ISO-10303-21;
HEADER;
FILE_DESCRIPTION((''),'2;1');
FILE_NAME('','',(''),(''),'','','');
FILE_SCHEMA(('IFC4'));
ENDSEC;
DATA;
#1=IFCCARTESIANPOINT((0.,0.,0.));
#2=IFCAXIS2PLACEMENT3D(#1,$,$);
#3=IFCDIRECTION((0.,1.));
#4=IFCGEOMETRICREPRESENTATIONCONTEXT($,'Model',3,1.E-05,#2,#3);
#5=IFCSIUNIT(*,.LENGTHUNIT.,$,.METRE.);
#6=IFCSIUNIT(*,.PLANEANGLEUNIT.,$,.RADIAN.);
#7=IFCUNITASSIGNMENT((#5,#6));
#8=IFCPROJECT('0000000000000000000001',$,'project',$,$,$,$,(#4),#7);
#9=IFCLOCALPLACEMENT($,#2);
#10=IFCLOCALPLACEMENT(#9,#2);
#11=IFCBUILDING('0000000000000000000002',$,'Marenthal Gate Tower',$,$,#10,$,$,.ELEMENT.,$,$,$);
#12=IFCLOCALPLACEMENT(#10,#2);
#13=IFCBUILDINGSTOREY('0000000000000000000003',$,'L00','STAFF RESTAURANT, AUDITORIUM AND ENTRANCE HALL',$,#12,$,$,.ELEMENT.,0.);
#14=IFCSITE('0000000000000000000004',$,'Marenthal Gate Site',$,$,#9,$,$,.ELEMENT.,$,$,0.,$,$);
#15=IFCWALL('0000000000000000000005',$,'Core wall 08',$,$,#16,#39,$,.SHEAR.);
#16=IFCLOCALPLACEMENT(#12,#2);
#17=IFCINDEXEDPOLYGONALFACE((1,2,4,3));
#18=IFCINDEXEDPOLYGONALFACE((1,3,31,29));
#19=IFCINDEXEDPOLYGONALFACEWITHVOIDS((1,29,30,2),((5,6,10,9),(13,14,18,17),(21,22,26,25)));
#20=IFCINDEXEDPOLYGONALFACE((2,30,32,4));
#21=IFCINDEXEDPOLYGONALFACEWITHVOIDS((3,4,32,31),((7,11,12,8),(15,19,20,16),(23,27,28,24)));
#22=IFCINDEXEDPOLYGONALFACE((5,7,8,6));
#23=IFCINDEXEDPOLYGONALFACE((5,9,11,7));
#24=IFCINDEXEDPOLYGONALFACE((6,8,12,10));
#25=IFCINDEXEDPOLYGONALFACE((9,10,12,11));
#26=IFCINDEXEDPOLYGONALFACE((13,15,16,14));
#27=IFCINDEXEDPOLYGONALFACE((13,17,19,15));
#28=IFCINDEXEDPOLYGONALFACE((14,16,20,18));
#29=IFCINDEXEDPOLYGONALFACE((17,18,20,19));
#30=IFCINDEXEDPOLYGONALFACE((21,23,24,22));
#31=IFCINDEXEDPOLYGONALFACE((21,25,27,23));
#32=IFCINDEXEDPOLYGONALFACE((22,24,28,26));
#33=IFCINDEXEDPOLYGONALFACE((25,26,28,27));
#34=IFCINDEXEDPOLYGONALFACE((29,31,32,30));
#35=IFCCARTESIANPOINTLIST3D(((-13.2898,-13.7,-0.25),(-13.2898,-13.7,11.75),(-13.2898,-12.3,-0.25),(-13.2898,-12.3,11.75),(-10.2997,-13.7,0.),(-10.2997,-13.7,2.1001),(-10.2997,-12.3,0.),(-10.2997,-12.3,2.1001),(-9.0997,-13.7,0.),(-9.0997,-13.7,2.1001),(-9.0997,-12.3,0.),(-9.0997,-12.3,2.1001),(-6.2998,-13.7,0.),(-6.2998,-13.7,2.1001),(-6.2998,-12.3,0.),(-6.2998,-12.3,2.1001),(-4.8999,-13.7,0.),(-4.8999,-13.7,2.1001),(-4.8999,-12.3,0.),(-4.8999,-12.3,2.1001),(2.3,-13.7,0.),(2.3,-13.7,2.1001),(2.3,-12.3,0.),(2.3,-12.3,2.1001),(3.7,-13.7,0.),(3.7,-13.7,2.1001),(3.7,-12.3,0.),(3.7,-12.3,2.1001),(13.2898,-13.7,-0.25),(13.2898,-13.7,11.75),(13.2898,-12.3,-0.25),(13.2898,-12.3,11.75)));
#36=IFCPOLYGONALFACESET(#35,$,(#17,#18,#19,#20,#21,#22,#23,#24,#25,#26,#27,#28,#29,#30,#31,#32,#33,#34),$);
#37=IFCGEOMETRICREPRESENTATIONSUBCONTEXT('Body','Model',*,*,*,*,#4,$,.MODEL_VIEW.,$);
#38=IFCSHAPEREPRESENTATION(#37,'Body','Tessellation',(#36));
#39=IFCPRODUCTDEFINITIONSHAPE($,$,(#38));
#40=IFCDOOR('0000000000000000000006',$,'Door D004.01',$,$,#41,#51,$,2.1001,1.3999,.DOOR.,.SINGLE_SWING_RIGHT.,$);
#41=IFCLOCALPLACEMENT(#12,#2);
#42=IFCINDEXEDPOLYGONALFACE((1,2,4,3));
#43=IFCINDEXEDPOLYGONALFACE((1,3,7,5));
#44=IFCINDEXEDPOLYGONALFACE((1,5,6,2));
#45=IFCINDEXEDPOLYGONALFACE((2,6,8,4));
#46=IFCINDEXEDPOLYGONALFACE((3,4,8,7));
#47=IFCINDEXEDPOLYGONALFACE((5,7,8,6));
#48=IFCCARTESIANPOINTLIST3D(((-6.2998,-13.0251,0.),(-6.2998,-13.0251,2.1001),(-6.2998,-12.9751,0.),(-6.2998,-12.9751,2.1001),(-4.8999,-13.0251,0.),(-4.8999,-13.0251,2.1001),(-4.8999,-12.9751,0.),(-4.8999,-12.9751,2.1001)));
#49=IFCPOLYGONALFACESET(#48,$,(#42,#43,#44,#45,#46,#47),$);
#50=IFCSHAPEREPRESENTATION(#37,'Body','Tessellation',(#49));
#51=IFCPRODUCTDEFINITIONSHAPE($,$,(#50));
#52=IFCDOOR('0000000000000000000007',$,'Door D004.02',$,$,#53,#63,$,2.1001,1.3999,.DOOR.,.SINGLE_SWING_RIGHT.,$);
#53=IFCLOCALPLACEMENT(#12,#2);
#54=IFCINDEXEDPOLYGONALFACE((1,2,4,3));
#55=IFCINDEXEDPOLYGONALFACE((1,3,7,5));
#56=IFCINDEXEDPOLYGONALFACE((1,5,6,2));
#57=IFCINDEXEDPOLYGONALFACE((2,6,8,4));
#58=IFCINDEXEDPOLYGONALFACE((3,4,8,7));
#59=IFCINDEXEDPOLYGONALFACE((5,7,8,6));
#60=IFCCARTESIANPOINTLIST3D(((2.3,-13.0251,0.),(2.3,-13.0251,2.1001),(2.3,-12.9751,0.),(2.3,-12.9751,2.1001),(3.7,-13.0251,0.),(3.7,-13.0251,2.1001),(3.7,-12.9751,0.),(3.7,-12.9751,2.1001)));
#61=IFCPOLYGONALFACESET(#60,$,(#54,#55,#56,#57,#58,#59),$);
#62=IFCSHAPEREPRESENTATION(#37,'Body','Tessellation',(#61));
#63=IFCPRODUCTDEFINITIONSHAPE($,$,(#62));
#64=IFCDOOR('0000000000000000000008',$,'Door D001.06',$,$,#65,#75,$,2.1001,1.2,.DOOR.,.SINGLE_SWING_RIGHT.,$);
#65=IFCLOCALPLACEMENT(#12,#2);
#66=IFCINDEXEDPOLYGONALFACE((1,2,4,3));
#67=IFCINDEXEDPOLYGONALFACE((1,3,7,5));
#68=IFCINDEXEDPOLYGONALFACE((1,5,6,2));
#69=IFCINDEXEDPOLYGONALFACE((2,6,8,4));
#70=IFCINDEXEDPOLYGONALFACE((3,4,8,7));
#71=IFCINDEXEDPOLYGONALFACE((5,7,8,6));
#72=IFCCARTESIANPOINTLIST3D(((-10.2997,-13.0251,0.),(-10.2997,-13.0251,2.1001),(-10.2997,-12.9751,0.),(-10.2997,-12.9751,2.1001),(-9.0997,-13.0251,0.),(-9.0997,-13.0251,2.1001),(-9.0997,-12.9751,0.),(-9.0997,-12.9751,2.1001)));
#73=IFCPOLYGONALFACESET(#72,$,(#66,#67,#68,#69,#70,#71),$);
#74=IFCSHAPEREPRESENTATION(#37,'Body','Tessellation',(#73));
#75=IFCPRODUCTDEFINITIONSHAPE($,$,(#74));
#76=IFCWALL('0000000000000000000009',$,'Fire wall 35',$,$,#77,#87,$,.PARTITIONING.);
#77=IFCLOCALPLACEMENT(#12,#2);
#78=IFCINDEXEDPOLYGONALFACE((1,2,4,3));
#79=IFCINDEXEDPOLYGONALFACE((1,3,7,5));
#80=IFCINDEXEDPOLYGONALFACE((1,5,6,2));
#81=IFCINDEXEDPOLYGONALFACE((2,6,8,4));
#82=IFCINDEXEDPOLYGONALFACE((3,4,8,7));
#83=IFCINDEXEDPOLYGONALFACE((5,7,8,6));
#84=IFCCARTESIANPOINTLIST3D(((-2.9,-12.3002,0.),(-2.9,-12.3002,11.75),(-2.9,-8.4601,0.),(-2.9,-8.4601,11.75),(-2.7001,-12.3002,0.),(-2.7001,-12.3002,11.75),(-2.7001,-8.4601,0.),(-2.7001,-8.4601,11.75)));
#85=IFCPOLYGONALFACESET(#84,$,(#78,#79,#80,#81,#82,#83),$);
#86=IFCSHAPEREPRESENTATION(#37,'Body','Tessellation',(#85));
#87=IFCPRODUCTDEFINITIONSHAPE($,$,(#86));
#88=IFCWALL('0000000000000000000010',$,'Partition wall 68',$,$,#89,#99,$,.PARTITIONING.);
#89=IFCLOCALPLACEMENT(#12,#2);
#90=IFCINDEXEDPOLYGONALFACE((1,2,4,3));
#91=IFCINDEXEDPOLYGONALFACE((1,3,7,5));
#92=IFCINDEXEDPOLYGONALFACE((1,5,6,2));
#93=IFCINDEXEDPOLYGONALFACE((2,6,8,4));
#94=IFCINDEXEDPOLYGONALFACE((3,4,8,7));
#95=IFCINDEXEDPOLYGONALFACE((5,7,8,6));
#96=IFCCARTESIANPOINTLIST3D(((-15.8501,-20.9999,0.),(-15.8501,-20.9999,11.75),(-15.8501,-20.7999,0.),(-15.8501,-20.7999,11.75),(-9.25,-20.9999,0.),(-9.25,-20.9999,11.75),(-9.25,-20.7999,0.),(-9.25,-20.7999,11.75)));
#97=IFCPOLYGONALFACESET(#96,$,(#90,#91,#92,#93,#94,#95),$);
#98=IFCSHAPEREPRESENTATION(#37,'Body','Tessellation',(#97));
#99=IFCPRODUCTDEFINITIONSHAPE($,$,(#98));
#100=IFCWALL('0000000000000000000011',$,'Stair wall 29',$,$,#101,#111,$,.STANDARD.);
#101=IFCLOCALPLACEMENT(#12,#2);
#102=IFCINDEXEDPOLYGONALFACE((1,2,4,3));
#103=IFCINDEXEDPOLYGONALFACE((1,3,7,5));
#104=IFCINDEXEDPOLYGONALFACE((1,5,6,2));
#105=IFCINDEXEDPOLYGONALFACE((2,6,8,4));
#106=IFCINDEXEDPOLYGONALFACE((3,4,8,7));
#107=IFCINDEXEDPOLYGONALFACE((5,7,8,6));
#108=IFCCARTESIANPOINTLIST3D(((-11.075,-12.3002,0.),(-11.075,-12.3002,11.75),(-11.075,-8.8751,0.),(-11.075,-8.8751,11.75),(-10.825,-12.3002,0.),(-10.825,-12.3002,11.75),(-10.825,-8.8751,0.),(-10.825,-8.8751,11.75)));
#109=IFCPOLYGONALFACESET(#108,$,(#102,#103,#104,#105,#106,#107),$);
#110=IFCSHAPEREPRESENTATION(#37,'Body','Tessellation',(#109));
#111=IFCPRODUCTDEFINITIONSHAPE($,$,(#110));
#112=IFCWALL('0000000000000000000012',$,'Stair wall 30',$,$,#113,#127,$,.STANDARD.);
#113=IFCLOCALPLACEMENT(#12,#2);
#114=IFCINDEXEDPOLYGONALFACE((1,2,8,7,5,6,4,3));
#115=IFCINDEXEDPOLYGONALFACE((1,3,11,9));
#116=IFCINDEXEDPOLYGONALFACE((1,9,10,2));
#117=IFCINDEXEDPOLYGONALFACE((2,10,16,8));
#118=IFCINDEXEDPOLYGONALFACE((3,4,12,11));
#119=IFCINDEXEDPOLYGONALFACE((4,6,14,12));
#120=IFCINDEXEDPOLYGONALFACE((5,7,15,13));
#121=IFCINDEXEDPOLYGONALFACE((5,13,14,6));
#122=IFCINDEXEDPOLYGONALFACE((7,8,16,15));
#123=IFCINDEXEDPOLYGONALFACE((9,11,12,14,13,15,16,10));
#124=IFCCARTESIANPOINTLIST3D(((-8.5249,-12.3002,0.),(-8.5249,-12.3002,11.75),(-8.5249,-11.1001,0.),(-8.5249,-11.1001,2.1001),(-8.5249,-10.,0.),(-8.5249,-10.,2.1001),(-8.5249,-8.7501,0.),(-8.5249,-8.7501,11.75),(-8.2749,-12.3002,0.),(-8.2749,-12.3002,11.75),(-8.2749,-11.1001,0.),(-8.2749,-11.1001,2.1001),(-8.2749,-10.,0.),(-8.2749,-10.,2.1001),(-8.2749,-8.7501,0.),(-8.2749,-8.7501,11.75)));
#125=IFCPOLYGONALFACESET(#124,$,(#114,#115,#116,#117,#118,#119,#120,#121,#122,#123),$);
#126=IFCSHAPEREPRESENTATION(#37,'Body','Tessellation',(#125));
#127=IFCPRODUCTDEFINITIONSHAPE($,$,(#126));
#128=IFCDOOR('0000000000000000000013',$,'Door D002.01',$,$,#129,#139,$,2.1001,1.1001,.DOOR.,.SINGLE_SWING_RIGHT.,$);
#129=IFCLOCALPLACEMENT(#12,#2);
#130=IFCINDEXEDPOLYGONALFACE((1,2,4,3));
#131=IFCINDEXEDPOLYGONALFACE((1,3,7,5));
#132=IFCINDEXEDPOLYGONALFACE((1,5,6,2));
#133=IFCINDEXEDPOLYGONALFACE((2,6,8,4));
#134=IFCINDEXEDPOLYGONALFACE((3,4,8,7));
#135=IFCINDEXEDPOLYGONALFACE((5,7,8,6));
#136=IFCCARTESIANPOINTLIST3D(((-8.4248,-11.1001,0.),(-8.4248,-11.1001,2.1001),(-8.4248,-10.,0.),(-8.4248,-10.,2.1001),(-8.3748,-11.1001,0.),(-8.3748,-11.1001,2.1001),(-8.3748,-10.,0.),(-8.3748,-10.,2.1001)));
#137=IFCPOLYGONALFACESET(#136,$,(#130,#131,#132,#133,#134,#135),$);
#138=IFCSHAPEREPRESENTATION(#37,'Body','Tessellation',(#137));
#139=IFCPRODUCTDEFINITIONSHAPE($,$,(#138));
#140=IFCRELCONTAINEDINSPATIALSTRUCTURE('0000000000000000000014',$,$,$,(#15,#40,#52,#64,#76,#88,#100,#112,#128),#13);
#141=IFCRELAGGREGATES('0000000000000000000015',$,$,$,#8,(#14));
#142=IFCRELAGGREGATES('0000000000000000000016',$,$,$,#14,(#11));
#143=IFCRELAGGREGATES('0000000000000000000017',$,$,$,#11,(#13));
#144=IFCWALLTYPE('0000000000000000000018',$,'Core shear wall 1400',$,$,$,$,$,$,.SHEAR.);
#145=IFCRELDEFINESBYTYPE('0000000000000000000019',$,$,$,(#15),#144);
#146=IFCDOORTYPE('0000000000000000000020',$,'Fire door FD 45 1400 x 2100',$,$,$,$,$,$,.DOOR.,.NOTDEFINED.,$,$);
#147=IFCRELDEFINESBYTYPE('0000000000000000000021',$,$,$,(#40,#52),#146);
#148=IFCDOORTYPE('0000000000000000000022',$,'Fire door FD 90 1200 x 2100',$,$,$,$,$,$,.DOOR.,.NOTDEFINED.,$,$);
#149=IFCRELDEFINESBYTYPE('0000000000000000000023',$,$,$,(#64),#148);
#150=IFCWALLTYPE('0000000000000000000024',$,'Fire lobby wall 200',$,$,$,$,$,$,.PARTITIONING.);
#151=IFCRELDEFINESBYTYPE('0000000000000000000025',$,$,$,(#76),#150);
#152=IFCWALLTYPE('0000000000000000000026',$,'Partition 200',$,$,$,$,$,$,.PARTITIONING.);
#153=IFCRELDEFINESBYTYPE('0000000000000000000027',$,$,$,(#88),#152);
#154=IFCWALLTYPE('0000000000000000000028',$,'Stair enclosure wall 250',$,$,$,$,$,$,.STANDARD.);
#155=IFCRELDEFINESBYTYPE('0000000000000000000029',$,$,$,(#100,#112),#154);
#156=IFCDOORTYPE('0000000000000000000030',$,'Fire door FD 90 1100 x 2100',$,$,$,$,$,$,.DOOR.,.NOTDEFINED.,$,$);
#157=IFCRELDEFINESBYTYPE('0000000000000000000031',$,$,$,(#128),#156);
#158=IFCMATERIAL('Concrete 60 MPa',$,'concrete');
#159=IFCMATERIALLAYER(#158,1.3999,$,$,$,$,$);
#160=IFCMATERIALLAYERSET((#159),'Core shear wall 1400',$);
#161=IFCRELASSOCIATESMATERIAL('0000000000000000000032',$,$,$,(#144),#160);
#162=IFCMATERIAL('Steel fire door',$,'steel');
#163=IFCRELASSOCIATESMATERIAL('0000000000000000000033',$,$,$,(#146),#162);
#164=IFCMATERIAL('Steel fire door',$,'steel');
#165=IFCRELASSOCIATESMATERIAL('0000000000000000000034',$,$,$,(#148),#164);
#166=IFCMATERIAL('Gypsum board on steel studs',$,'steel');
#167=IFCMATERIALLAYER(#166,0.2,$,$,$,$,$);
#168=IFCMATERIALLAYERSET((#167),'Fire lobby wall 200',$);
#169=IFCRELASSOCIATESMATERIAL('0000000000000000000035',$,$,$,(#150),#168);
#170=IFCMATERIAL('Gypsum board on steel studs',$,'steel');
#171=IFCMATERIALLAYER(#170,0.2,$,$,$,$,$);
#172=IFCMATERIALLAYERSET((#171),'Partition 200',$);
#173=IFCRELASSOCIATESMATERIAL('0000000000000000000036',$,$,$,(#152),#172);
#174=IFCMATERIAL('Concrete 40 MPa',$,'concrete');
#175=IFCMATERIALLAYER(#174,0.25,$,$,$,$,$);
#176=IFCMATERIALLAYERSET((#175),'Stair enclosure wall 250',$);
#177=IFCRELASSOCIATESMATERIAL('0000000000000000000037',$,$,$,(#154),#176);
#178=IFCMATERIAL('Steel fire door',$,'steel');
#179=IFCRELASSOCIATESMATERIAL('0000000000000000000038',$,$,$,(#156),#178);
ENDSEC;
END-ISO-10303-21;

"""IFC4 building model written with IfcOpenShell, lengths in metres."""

from ifc_helpers import new_model, si_unit, direction, frame, frame_2d, origin, place, context, subcontext, project, spatial, rectangle, extrude, material, layer, layer_set, type_object, element, fill, save


model = new_model("IFC4")

# Units and contexts
model_context = context("Model", 3, precision=1e-05, world=origin(), true_north=direction((0.0, 1.0)))
body_context = subcontext(model_context, "Body", "Model", "MODEL_VIEW")
ifc_project = project(units=[si_unit("LENGTHUNIT", "METRE"), si_unit("PLANEANGLEUNIT", "RADIAN")], contexts=[model_context])

# Site, building, storey
site_placement = place(None, origin())
site = spatial("IfcSite", under=ifc_project, at=site_placement, Name="Marenthal Gate Site", CompositionType="ELEMENT", RefElevation=0.0)
building_placement = place(site_placement, origin())
building = spatial("IfcBuilding", under=site, at=building_placement, Name="Marenthal Gate Tower", CompositionType="ELEMENT")
storey_placement = place(building_placement, origin())
storey = spatial("IfcBuildingStorey", under=building, at=storey_placement, Name="L00", Description="STAFF RESTAURANT, AUDITORIUM AND ENTRANCE HALL", CompositionType="ELEMENT", Elevation=0.0)

# Wall, openings, doors
ifc_material_1 = material(Name="Concrete 60 MPa", Category="concrete")
ifc_layer_1 = layer(ifc_material_1, 1.3999)
ifc_layer_set_1 = layer_set([ifc_layer_1], Name="Core shear wall 1400")
wall_type_1 = type_object("IfcWallType", Name="Core shear wall 1400", PredefinedType="SHEAR", material=ifc_layer_set_1)
wall_1_placement = place(storey_placement, frame((-13.2898, -13.0, -0.25), z_axis=(0.0, 0.0, 1.0), x_axis=(1.0, 0.0, 0.0)))
wall_1 = element("IfcWall", 1, at=wall_1_placement, inside=storey, type_object=wall_type_1, Name="Core wall 08", PredefinedType="SHEAR", context=body_context, shape_type="SweptSolid", body=[
    extrude(rectangle(XDim=26.5796, YDim=1.3999, at=frame_2d((13.2898, 0.0))), origin(), (0.0, 0.0, 1.0), 12.0),
])
opening_1_placement = place(wall_1_placement, frame((2.99, 0.0, 0.25)))
opening_1 = element("IfcOpeningElement", 2, at=opening_1_placement, cuts=wall_1, PredefinedType="OPENING", context=body_context, shape_type="SweptSolid", body=[
    extrude(rectangle(XDim=1.2, YDim=2.1001, at=frame_2d((0.6001, 1.05))), frame((0.0, 0.71, 0.0), z_axis=(0.0, -1.0, 0.0), x_axis=(1.0, 0.0, 0.0)), (0.0, 0.0, 1.0), 1.4199),
])
opening_2_placement = place(wall_1_placement, frame((6.99, 0.0, 0.25)))
opening_2 = element("IfcOpeningElement", 3, at=opening_2_placement, cuts=wall_1, PredefinedType="OPENING", context=body_context, shape_type="SweptSolid", body=[
    extrude(rectangle(XDim=1.3999, YDim=2.1001, at=frame_2d((0.7, 1.05))), frame((0.0, 0.71, 0.0), z_axis=(0.0, -1.0, 0.0), x_axis=(1.0, 0.0, 0.0)), (0.0, 0.0, 1.0), 1.4199),
])
opening_3_placement = place(wall_1_placement, frame((15.5898, 0.0, 0.25)))
opening_3 = element("IfcOpeningElement", 4, at=opening_3_placement, cuts=wall_1, PredefinedType="OPENING", context=body_context, shape_type="SweptSolid", body=[
    extrude(rectangle(XDim=1.3999, YDim=2.1001, at=frame_2d((0.7, 1.05))), frame((0.0, 0.71, 0.0), z_axis=(0.0, -1.0, 0.0), x_axis=(1.0, 0.0, 0.0)), (0.0, 0.0, 1.0), 1.4199),
])
ifc_material_2 = material(Name="Steel fire door", Category="steel")
door_type_1 = type_object("IfcDoorType", Name="Fire door FD 45 1400 x 2100", OperationType="NOTDEFINED", PredefinedType="DOOR", material=ifc_material_2)
door_1_placement = place(opening_2_placement, origin())
door_1 = element("IfcDoor", 5, at=door_1_placement, inside=storey, type_object=door_type_1, Name="Door D004.01", OperationType="SINGLE_SWING_RIGHT", OverallHeight=2.1001, OverallWidth=1.3999, PredefinedType="DOOR", context=body_context, shape_type="SweptSolid", body=[
    extrude(rectangle(XDim=1.3999, YDim=2.1001, at=frame_2d((0.7, 1.05))), frame((0.0, 0.0249, 0.0), z_axis=(0.0, -1.0, 0.0), x_axis=(1.0, 0.0, 0.0)), (0.0, 0.0, 1.0), 0.05),
])
fill(opening_2, door_1)
door_2_placement = place(opening_3_placement, origin())
door_2 = element("IfcDoor", 6, at=door_2_placement, inside=storey, type_object=door_type_1, Name="Door D004.02", OperationType="SINGLE_SWING_RIGHT", OverallHeight=2.1001, OverallWidth=1.3999, PredefinedType="DOOR", context=body_context, shape_type="SweptSolid", body=[
    extrude(rectangle(XDim=1.3999, YDim=2.1001, at=frame_2d((0.7, 1.05))), frame((0.0, 0.0249, 0.0), z_axis=(0.0, -1.0, 0.0), x_axis=(1.0, 0.0, 0.0)), (0.0, 0.0, 1.0), 0.05),
])
fill(opening_3, door_2)
ifc_material_3 = material(Name="Steel fire door", Category="steel")
door_type_2 = type_object("IfcDoorType", Name="Fire door FD 90 1200 x 2100", OperationType="NOTDEFINED", PredefinedType="DOOR", material=ifc_material_3)
door_3_placement = place(opening_1_placement, origin())
door_3 = element("IfcDoor", 7, at=door_3_placement, inside=storey, type_object=door_type_2, Name="Door D001.06", OperationType="SINGLE_SWING_RIGHT", OverallHeight=2.1001, OverallWidth=1.2, PredefinedType="DOOR", context=body_context, shape_type="SweptSolid", body=[
    extrude(rectangle(XDim=1.2, YDim=2.1001, at=frame_2d((0.6001, 1.05))), frame((0.0, 0.0249, 0.0), z_axis=(0.0, -1.0, 0.0), x_axis=(1.0, 0.0, 0.0)), (0.0, 0.0, 1.0), 0.05),
])
fill(opening_1, door_3)

# Walls
ifc_material_4 = material(Name="Gypsum board on steel studs", Category="steel")
ifc_layer_2 = layer(ifc_material_4, 0.2)
ifc_layer_set_2 = layer_set([ifc_layer_2], Name="Fire lobby wall 200")
wall_type_2 = type_object("IfcWallType", Name="Fire lobby wall 200", PredefinedType="PARTITIONING", material=ifc_layer_set_2)
wall_2_placement = place(storey_placement, frame((-2.8, -12.3, 0.0), z_axis=(0.0, 0.0, 1.0), x_axis=(0.0, 1.0, 0.0)))
element("IfcWall", 8, at=wall_2_placement, inside=storey, type_object=wall_type_2, Name="Fire wall 35", PredefinedType="PARTITIONING", context=body_context, shape_type="SweptSolid", body=[
    extrude(rectangle(XDim=3.8401, YDim=0.2, at=frame_2d((1.9199, 0.0))), origin(), (0.0, 0.0, 1.0), 11.75),
])
ifc_material_5 = material(Name="Gypsum board on steel studs", Category="steel")
ifc_layer_3 = layer(ifc_material_5, 0.2)
ifc_layer_set_3 = layer_set([ifc_layer_3], Name="Partition 200")
wall_type_3 = type_object("IfcWallType", Name="Partition 200", PredefinedType="PARTITIONING", material=ifc_layer_set_3)
wall_3_placement = place(storey_placement, frame((-15.8501, -20.8999, 0.0), z_axis=(0.0, 0.0, 1.0), x_axis=(1.0, 0.0, 0.0)))
element("IfcWall", 9, at=wall_3_placement, inside=storey, type_object=wall_type_3, Name="Partition wall 68", PredefinedType="PARTITIONING", context=body_context, shape_type="SweptSolid", body=[
    extrude(rectangle(XDim=6.6001, YDim=0.2, at=frame_2d((3.3, 0.0))), origin(), (0.0, 0.0, 1.0), 11.75),
])
ifc_material_6 = material(Name="Concrete 40 MPa", Category="concrete")
ifc_layer_4 = layer(ifc_material_6, 0.25)
ifc_layer_set_4 = layer_set([ifc_layer_4], Name="Stair enclosure wall 250")
wall_type_4 = type_object("IfcWallType", Name="Stair enclosure wall 250", PredefinedType="STANDARD", material=ifc_layer_set_4)
wall_4_placement = place(storey_placement, frame((-10.95, -12.3, 0.0), z_axis=(0.0, 0.0, 1.0), x_axis=(0.0, 1.0, 0.0)))
element("IfcWall", 10, at=wall_4_placement, inside=storey, type_object=wall_type_4, Name="Stair wall 29", PredefinedType="STANDARD", context=body_context, shape_type="SweptSolid", body=[
    extrude(rectangle(XDim=3.425, YDim=0.25, at=frame_2d((1.7124, 0.0))), origin(), (0.0, 0.0, 1.0), 11.75),
])

# Wall, opening, door
wall_5_placement = place(storey_placement, frame((-8.3999, -12.3, 0.0), z_axis=(0.0, 0.0, 1.0), x_axis=(0.0, 1.0, 0.0)))
wall_5 = element("IfcWall", 11, at=wall_5_placement, inside=storey, type_object=wall_type_4, Name="Stair wall 30", PredefinedType="STANDARD", context=body_context, shape_type="SweptSolid", body=[
    extrude(rectangle(XDim=3.55, YDim=0.25, at=frame_2d((1.7749, 0.0))), origin(), (0.0, 0.0, 1.0), 11.75),
])
opening_4_placement = place(wall_5_placement, frame((1.2, 0.0, 0.0)))
opening_4 = element("IfcOpeningElement", 12, at=opening_4_placement, cuts=wall_5, PredefinedType="OPENING", context=body_context, shape_type="SweptSolid", body=[
    extrude(rectangle(XDim=1.1001, YDim=2.1001, at=frame_2d((0.55, 1.05))), frame((0.0, 0.135, 0.0), z_axis=(0.0, -1.0, 0.0), x_axis=(1.0, 0.0, 0.0)), (0.0, 0.0, 1.0), 0.27),
])
ifc_material_7 = material(Name="Steel fire door", Category="steel")
door_type_3 = type_object("IfcDoorType", Name="Fire door FD 90 1100 x 2100", OperationType="NOTDEFINED", PredefinedType="DOOR", material=ifc_material_7)
door_4_placement = place(opening_4_placement, origin())
door_4 = element("IfcDoor", 13, at=door_4_placement, inside=storey, type_object=door_type_3, Name="Door D002.01", OperationType="SINGLE_SWING_RIGHT", OverallHeight=2.1001, OverallWidth=1.1001, PredefinedType="DOOR", context=body_context, shape_type="SweptSolid", body=[
    extrude(rectangle(XDim=1.1001, YDim=2.1001, at=frame_2d((0.55, 1.05))), frame((0.0, 0.0249, 0.0), z_axis=(0.0, -1.0, 0.0), x_axis=(1.0, 0.0, 0.0)), (0.0, 0.0, 1.0), 0.05),
])
fill(opening_4, door_4)

save(model, "model.ifc")
